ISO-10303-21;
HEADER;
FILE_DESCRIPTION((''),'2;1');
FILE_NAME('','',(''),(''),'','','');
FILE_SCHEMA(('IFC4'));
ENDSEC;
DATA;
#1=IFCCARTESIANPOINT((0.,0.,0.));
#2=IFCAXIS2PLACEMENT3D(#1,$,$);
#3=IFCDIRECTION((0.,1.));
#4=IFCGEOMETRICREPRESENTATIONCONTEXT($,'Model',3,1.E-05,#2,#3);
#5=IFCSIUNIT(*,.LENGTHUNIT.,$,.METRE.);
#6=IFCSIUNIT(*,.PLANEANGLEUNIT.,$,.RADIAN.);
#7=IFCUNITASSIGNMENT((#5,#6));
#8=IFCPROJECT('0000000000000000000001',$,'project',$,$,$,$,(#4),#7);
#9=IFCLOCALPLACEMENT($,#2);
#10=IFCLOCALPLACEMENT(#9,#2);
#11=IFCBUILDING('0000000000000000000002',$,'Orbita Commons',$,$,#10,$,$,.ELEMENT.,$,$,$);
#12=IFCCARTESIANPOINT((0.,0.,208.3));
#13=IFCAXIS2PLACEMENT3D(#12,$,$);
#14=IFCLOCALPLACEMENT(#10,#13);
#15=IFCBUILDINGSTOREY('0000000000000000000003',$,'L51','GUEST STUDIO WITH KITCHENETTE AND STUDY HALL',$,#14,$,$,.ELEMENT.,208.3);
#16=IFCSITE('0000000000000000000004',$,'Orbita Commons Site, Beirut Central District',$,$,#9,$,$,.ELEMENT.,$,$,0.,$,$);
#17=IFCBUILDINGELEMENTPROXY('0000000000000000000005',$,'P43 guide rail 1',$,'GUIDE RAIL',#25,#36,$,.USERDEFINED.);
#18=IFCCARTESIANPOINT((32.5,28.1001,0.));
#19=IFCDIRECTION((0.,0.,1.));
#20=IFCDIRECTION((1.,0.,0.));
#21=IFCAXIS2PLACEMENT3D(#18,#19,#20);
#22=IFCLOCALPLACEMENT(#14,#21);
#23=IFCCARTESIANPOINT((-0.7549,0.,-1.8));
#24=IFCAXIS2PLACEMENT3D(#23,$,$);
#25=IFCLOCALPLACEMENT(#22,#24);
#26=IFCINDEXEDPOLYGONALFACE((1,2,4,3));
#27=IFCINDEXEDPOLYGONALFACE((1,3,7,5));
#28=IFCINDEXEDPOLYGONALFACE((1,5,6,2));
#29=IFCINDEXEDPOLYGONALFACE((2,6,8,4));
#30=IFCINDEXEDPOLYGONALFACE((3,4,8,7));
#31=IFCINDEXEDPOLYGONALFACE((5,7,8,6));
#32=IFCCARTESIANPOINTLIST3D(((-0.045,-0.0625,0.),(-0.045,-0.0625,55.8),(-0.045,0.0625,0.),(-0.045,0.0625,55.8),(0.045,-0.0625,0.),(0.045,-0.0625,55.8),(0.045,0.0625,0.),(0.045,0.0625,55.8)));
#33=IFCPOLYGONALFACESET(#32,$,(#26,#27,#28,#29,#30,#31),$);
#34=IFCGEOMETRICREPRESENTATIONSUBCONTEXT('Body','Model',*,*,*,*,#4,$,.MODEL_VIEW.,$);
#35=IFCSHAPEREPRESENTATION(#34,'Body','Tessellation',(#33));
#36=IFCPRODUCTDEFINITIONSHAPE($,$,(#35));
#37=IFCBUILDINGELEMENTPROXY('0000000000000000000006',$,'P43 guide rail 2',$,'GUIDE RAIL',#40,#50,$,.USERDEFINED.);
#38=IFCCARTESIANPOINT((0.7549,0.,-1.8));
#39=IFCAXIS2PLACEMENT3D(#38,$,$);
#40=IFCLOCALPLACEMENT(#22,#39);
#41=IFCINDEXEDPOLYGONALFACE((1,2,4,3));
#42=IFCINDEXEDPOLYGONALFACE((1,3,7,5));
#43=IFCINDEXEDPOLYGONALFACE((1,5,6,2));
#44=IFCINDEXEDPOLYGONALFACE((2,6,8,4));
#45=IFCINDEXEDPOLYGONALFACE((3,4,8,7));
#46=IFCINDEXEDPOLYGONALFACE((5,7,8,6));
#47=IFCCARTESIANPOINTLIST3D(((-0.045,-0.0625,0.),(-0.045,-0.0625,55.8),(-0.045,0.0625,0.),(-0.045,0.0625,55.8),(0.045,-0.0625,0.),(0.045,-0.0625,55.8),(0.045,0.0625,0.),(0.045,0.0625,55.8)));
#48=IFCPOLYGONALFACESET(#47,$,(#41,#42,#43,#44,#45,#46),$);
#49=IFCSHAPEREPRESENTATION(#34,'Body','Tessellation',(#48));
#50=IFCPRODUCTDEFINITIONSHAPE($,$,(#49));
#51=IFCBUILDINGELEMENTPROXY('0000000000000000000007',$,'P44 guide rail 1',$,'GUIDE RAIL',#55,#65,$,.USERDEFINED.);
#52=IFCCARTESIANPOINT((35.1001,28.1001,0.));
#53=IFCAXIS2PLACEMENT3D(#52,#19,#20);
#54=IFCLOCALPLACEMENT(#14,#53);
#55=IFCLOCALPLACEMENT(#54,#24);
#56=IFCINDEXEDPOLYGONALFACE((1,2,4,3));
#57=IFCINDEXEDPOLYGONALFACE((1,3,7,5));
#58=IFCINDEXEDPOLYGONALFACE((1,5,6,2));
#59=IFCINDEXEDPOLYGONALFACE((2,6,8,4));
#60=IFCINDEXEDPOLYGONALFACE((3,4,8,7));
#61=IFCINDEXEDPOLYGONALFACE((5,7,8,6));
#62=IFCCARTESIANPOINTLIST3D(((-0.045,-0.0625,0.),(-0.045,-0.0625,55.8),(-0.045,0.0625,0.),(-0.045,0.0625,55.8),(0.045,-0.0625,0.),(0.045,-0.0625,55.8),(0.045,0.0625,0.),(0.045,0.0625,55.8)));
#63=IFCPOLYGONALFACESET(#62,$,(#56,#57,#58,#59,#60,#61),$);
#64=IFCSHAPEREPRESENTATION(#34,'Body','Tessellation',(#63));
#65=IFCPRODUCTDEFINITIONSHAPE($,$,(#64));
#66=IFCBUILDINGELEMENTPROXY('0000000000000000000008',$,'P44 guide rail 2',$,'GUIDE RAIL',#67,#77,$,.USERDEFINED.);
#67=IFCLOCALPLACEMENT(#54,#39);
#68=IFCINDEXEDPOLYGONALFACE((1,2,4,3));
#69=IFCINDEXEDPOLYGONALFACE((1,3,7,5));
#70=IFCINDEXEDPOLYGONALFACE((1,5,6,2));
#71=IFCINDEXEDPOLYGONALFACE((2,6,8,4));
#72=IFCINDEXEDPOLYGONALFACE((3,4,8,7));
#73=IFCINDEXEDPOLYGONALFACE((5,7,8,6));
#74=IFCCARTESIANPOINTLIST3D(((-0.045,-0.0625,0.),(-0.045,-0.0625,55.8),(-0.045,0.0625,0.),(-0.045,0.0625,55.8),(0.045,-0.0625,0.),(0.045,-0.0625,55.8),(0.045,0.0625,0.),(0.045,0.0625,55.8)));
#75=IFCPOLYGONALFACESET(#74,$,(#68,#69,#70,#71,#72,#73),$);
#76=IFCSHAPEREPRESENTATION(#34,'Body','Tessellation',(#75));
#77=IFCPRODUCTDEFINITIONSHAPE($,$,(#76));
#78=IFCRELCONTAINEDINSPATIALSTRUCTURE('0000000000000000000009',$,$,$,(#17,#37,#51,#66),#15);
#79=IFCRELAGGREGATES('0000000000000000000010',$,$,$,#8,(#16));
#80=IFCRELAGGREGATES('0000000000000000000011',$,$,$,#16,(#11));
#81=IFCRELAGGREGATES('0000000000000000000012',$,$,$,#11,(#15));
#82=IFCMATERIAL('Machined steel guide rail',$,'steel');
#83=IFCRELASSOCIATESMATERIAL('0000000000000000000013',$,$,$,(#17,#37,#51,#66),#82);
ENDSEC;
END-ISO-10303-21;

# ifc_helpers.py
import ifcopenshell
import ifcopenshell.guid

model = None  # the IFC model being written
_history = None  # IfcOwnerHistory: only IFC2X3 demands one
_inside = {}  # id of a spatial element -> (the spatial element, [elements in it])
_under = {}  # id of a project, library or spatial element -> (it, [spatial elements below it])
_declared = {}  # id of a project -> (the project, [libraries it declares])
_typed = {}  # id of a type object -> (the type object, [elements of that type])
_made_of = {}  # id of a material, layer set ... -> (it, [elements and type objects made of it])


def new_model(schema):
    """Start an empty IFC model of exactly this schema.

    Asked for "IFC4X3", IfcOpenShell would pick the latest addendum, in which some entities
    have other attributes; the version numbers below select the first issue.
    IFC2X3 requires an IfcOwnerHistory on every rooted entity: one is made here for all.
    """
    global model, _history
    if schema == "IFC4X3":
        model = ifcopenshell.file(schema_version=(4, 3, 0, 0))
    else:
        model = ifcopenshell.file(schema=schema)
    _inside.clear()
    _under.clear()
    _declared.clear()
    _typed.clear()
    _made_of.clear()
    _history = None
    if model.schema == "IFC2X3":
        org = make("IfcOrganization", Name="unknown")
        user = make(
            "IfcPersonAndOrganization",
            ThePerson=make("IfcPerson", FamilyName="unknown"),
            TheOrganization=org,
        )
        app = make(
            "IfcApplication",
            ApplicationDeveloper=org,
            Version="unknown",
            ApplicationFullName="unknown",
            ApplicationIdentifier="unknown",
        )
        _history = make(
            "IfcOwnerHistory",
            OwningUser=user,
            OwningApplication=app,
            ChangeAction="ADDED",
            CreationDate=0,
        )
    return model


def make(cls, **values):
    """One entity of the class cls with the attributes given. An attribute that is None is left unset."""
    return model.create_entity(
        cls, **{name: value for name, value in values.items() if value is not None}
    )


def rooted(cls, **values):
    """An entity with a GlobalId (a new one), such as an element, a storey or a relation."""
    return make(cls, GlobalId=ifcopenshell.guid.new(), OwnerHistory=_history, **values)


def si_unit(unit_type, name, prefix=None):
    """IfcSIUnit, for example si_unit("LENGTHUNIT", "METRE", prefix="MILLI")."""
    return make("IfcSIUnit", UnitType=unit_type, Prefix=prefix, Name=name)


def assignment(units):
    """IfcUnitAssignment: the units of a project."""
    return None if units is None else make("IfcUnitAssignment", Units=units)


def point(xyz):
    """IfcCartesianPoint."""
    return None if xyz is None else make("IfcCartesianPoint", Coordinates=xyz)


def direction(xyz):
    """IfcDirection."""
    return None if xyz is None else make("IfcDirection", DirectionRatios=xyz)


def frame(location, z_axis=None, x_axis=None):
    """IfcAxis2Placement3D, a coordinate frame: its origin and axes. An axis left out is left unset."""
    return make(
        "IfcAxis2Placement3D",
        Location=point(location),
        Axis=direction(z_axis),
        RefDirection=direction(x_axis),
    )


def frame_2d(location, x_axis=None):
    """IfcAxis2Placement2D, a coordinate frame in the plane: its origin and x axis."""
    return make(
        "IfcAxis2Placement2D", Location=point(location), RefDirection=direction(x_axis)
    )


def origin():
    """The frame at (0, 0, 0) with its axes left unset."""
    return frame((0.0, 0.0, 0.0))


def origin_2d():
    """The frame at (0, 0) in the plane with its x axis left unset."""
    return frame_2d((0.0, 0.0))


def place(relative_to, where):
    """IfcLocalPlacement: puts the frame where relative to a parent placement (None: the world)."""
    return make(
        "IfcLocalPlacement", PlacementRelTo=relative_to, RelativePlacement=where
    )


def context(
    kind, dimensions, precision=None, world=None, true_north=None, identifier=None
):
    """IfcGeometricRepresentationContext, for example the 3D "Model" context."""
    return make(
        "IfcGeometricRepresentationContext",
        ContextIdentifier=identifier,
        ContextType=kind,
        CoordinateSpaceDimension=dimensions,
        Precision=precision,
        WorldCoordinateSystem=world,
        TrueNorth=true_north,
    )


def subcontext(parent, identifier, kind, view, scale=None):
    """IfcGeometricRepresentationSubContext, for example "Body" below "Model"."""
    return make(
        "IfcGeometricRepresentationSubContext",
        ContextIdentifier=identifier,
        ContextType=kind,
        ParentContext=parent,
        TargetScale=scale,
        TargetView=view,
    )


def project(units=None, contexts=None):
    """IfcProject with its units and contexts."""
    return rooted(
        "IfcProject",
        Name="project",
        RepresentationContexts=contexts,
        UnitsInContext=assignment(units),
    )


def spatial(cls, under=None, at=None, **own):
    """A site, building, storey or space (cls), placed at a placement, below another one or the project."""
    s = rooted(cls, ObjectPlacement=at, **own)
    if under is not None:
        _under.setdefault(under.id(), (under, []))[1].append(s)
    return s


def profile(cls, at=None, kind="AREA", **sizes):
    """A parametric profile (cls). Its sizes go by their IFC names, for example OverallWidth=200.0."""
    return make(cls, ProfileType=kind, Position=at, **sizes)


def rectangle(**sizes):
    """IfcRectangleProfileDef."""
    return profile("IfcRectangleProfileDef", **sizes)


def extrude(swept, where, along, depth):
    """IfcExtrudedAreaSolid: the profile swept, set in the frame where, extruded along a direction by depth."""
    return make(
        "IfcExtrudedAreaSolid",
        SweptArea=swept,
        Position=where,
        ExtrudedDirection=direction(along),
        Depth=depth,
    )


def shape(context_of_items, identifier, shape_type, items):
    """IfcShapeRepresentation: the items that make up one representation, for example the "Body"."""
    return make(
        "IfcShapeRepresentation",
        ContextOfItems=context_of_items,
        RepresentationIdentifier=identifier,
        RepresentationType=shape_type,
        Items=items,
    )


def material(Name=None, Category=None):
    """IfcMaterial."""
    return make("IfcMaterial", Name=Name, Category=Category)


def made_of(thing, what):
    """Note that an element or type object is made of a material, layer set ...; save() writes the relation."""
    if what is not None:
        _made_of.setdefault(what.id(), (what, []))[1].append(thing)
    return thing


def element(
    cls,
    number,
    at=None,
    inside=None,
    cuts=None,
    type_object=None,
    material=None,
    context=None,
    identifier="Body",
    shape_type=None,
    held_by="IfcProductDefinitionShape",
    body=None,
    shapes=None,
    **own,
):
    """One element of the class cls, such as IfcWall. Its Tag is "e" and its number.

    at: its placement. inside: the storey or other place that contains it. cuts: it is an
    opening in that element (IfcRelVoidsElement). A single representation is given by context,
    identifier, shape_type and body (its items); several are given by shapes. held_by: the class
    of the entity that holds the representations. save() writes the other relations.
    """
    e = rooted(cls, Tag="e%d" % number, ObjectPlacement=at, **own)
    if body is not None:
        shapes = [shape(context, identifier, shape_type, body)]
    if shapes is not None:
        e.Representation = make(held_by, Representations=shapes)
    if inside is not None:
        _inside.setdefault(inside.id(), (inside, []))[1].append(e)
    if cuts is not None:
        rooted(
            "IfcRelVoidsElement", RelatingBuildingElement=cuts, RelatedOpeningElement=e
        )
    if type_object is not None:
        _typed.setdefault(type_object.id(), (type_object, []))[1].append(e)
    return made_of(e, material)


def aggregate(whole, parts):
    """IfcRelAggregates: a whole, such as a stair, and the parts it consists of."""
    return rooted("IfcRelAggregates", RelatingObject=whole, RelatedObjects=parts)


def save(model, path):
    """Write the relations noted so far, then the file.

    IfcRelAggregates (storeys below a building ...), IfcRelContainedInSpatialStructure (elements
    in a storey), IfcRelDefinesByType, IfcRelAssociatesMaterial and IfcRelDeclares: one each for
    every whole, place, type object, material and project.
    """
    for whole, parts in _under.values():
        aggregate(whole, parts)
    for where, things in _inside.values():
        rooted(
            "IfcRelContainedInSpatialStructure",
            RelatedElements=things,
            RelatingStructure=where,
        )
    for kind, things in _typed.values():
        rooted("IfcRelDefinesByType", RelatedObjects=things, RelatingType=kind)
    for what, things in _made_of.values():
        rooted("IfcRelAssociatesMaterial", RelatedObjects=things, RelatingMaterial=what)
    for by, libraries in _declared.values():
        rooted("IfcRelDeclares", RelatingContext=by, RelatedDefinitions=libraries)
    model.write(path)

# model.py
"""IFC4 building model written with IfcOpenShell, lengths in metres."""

from ifc_helpers import new_model, si_unit, direction, frame, origin, origin_2d, place, context, subcontext, project, spatial, rectangle, extrude, material, element, save


model = new_model("IFC4")

# Units and contexts
model_context = context("Model", 3, precision=1e-05, world=origin(), true_north=direction((0.0, 1.0)))
body_context = subcontext(model_context, "Body", "Model", "MODEL_VIEW")
ifc_project = project(units=[si_unit("LENGTHUNIT", "METRE"), si_unit("PLANEANGLEUNIT", "RADIAN")], contexts=[model_context])

# Site, building, storey
site_placement = place(None, origin())
site = spatial("IfcSite", under=ifc_project, at=site_placement, Name="Orbita Commons Site, Beirut Central District", CompositionType="ELEMENT", RefElevation=0.0)
building_placement = place(site_placement, origin())
building = spatial("IfcBuilding", under=site, at=building_placement, Name="Orbita Commons", CompositionType="ELEMENT")
storey_placement = place(building_placement, frame((0.0, 0.0, 208.3)))
storey = spatial("IfcBuildingStorey", under=building, at=storey_placement, Name="L51", Description="GUEST STUDIO WITH KITCHENETTE AND STUDY HALL", CompositionType="ELEMENT", Elevation=208.3)

# Shared definitions
transport_element_1_placement = place(storey_placement, frame((32.5, 28.1001, 0.0), z_axis=(0.0, 0.0, 1.0), x_axis=(1.0, 0.0, 0.0)))
transport_element_2_placement = place(storey_placement, frame((35.1001, 28.1001, 0.0), z_axis=(0.0, 0.0, 1.0), x_axis=(1.0, 0.0, 0.0)))

# Building element proxies
ifc_material_1 = material(Name="Machined steel guide rail", Category="steel")
for number, where, name in (
    (1, (-0.7549, 0.0, -1.8), "P43 guide rail 1"),
    (2, (0.7549, 0.0, -1.8), "P43 guide rail 2"),
):
    element("IfcBuildingElementProxy", number, at=place(transport_element_1_placement, frame(where)), inside=storey, material=ifc_material_1, Name=name, ObjectType="GUIDE RAIL", PredefinedType="USERDEFINED", context=body_context, shape_type="SweptSolid", body=[
        extrude(rectangle(XDim=0.09, YDim=0.125, at=origin_2d()), origin(), (0.0, 0.0, 1.0), 55.8),
    ])
for number, where, name in (
    (3, (-0.7549, 0.0, -1.8), "P44 guide rail 1"),
    (4, (0.7549, 0.0, -1.8), "P44 guide rail 2"),
):
    element("IfcBuildingElementProxy", number, at=place(transport_element_2_placement, frame(where)), inside=storey, material=ifc_material_1, Name=name, ObjectType="GUIDE RAIL", PredefinedType="USERDEFINED", context=body_context, shape_type="SweptSolid", body=[
        extrude(rectangle(XDim=0.09, YDim=0.125, at=origin_2d()), origin(), (0.0, 0.0, 1.0), 55.8),
    ])

save(model, "model.ifc")
